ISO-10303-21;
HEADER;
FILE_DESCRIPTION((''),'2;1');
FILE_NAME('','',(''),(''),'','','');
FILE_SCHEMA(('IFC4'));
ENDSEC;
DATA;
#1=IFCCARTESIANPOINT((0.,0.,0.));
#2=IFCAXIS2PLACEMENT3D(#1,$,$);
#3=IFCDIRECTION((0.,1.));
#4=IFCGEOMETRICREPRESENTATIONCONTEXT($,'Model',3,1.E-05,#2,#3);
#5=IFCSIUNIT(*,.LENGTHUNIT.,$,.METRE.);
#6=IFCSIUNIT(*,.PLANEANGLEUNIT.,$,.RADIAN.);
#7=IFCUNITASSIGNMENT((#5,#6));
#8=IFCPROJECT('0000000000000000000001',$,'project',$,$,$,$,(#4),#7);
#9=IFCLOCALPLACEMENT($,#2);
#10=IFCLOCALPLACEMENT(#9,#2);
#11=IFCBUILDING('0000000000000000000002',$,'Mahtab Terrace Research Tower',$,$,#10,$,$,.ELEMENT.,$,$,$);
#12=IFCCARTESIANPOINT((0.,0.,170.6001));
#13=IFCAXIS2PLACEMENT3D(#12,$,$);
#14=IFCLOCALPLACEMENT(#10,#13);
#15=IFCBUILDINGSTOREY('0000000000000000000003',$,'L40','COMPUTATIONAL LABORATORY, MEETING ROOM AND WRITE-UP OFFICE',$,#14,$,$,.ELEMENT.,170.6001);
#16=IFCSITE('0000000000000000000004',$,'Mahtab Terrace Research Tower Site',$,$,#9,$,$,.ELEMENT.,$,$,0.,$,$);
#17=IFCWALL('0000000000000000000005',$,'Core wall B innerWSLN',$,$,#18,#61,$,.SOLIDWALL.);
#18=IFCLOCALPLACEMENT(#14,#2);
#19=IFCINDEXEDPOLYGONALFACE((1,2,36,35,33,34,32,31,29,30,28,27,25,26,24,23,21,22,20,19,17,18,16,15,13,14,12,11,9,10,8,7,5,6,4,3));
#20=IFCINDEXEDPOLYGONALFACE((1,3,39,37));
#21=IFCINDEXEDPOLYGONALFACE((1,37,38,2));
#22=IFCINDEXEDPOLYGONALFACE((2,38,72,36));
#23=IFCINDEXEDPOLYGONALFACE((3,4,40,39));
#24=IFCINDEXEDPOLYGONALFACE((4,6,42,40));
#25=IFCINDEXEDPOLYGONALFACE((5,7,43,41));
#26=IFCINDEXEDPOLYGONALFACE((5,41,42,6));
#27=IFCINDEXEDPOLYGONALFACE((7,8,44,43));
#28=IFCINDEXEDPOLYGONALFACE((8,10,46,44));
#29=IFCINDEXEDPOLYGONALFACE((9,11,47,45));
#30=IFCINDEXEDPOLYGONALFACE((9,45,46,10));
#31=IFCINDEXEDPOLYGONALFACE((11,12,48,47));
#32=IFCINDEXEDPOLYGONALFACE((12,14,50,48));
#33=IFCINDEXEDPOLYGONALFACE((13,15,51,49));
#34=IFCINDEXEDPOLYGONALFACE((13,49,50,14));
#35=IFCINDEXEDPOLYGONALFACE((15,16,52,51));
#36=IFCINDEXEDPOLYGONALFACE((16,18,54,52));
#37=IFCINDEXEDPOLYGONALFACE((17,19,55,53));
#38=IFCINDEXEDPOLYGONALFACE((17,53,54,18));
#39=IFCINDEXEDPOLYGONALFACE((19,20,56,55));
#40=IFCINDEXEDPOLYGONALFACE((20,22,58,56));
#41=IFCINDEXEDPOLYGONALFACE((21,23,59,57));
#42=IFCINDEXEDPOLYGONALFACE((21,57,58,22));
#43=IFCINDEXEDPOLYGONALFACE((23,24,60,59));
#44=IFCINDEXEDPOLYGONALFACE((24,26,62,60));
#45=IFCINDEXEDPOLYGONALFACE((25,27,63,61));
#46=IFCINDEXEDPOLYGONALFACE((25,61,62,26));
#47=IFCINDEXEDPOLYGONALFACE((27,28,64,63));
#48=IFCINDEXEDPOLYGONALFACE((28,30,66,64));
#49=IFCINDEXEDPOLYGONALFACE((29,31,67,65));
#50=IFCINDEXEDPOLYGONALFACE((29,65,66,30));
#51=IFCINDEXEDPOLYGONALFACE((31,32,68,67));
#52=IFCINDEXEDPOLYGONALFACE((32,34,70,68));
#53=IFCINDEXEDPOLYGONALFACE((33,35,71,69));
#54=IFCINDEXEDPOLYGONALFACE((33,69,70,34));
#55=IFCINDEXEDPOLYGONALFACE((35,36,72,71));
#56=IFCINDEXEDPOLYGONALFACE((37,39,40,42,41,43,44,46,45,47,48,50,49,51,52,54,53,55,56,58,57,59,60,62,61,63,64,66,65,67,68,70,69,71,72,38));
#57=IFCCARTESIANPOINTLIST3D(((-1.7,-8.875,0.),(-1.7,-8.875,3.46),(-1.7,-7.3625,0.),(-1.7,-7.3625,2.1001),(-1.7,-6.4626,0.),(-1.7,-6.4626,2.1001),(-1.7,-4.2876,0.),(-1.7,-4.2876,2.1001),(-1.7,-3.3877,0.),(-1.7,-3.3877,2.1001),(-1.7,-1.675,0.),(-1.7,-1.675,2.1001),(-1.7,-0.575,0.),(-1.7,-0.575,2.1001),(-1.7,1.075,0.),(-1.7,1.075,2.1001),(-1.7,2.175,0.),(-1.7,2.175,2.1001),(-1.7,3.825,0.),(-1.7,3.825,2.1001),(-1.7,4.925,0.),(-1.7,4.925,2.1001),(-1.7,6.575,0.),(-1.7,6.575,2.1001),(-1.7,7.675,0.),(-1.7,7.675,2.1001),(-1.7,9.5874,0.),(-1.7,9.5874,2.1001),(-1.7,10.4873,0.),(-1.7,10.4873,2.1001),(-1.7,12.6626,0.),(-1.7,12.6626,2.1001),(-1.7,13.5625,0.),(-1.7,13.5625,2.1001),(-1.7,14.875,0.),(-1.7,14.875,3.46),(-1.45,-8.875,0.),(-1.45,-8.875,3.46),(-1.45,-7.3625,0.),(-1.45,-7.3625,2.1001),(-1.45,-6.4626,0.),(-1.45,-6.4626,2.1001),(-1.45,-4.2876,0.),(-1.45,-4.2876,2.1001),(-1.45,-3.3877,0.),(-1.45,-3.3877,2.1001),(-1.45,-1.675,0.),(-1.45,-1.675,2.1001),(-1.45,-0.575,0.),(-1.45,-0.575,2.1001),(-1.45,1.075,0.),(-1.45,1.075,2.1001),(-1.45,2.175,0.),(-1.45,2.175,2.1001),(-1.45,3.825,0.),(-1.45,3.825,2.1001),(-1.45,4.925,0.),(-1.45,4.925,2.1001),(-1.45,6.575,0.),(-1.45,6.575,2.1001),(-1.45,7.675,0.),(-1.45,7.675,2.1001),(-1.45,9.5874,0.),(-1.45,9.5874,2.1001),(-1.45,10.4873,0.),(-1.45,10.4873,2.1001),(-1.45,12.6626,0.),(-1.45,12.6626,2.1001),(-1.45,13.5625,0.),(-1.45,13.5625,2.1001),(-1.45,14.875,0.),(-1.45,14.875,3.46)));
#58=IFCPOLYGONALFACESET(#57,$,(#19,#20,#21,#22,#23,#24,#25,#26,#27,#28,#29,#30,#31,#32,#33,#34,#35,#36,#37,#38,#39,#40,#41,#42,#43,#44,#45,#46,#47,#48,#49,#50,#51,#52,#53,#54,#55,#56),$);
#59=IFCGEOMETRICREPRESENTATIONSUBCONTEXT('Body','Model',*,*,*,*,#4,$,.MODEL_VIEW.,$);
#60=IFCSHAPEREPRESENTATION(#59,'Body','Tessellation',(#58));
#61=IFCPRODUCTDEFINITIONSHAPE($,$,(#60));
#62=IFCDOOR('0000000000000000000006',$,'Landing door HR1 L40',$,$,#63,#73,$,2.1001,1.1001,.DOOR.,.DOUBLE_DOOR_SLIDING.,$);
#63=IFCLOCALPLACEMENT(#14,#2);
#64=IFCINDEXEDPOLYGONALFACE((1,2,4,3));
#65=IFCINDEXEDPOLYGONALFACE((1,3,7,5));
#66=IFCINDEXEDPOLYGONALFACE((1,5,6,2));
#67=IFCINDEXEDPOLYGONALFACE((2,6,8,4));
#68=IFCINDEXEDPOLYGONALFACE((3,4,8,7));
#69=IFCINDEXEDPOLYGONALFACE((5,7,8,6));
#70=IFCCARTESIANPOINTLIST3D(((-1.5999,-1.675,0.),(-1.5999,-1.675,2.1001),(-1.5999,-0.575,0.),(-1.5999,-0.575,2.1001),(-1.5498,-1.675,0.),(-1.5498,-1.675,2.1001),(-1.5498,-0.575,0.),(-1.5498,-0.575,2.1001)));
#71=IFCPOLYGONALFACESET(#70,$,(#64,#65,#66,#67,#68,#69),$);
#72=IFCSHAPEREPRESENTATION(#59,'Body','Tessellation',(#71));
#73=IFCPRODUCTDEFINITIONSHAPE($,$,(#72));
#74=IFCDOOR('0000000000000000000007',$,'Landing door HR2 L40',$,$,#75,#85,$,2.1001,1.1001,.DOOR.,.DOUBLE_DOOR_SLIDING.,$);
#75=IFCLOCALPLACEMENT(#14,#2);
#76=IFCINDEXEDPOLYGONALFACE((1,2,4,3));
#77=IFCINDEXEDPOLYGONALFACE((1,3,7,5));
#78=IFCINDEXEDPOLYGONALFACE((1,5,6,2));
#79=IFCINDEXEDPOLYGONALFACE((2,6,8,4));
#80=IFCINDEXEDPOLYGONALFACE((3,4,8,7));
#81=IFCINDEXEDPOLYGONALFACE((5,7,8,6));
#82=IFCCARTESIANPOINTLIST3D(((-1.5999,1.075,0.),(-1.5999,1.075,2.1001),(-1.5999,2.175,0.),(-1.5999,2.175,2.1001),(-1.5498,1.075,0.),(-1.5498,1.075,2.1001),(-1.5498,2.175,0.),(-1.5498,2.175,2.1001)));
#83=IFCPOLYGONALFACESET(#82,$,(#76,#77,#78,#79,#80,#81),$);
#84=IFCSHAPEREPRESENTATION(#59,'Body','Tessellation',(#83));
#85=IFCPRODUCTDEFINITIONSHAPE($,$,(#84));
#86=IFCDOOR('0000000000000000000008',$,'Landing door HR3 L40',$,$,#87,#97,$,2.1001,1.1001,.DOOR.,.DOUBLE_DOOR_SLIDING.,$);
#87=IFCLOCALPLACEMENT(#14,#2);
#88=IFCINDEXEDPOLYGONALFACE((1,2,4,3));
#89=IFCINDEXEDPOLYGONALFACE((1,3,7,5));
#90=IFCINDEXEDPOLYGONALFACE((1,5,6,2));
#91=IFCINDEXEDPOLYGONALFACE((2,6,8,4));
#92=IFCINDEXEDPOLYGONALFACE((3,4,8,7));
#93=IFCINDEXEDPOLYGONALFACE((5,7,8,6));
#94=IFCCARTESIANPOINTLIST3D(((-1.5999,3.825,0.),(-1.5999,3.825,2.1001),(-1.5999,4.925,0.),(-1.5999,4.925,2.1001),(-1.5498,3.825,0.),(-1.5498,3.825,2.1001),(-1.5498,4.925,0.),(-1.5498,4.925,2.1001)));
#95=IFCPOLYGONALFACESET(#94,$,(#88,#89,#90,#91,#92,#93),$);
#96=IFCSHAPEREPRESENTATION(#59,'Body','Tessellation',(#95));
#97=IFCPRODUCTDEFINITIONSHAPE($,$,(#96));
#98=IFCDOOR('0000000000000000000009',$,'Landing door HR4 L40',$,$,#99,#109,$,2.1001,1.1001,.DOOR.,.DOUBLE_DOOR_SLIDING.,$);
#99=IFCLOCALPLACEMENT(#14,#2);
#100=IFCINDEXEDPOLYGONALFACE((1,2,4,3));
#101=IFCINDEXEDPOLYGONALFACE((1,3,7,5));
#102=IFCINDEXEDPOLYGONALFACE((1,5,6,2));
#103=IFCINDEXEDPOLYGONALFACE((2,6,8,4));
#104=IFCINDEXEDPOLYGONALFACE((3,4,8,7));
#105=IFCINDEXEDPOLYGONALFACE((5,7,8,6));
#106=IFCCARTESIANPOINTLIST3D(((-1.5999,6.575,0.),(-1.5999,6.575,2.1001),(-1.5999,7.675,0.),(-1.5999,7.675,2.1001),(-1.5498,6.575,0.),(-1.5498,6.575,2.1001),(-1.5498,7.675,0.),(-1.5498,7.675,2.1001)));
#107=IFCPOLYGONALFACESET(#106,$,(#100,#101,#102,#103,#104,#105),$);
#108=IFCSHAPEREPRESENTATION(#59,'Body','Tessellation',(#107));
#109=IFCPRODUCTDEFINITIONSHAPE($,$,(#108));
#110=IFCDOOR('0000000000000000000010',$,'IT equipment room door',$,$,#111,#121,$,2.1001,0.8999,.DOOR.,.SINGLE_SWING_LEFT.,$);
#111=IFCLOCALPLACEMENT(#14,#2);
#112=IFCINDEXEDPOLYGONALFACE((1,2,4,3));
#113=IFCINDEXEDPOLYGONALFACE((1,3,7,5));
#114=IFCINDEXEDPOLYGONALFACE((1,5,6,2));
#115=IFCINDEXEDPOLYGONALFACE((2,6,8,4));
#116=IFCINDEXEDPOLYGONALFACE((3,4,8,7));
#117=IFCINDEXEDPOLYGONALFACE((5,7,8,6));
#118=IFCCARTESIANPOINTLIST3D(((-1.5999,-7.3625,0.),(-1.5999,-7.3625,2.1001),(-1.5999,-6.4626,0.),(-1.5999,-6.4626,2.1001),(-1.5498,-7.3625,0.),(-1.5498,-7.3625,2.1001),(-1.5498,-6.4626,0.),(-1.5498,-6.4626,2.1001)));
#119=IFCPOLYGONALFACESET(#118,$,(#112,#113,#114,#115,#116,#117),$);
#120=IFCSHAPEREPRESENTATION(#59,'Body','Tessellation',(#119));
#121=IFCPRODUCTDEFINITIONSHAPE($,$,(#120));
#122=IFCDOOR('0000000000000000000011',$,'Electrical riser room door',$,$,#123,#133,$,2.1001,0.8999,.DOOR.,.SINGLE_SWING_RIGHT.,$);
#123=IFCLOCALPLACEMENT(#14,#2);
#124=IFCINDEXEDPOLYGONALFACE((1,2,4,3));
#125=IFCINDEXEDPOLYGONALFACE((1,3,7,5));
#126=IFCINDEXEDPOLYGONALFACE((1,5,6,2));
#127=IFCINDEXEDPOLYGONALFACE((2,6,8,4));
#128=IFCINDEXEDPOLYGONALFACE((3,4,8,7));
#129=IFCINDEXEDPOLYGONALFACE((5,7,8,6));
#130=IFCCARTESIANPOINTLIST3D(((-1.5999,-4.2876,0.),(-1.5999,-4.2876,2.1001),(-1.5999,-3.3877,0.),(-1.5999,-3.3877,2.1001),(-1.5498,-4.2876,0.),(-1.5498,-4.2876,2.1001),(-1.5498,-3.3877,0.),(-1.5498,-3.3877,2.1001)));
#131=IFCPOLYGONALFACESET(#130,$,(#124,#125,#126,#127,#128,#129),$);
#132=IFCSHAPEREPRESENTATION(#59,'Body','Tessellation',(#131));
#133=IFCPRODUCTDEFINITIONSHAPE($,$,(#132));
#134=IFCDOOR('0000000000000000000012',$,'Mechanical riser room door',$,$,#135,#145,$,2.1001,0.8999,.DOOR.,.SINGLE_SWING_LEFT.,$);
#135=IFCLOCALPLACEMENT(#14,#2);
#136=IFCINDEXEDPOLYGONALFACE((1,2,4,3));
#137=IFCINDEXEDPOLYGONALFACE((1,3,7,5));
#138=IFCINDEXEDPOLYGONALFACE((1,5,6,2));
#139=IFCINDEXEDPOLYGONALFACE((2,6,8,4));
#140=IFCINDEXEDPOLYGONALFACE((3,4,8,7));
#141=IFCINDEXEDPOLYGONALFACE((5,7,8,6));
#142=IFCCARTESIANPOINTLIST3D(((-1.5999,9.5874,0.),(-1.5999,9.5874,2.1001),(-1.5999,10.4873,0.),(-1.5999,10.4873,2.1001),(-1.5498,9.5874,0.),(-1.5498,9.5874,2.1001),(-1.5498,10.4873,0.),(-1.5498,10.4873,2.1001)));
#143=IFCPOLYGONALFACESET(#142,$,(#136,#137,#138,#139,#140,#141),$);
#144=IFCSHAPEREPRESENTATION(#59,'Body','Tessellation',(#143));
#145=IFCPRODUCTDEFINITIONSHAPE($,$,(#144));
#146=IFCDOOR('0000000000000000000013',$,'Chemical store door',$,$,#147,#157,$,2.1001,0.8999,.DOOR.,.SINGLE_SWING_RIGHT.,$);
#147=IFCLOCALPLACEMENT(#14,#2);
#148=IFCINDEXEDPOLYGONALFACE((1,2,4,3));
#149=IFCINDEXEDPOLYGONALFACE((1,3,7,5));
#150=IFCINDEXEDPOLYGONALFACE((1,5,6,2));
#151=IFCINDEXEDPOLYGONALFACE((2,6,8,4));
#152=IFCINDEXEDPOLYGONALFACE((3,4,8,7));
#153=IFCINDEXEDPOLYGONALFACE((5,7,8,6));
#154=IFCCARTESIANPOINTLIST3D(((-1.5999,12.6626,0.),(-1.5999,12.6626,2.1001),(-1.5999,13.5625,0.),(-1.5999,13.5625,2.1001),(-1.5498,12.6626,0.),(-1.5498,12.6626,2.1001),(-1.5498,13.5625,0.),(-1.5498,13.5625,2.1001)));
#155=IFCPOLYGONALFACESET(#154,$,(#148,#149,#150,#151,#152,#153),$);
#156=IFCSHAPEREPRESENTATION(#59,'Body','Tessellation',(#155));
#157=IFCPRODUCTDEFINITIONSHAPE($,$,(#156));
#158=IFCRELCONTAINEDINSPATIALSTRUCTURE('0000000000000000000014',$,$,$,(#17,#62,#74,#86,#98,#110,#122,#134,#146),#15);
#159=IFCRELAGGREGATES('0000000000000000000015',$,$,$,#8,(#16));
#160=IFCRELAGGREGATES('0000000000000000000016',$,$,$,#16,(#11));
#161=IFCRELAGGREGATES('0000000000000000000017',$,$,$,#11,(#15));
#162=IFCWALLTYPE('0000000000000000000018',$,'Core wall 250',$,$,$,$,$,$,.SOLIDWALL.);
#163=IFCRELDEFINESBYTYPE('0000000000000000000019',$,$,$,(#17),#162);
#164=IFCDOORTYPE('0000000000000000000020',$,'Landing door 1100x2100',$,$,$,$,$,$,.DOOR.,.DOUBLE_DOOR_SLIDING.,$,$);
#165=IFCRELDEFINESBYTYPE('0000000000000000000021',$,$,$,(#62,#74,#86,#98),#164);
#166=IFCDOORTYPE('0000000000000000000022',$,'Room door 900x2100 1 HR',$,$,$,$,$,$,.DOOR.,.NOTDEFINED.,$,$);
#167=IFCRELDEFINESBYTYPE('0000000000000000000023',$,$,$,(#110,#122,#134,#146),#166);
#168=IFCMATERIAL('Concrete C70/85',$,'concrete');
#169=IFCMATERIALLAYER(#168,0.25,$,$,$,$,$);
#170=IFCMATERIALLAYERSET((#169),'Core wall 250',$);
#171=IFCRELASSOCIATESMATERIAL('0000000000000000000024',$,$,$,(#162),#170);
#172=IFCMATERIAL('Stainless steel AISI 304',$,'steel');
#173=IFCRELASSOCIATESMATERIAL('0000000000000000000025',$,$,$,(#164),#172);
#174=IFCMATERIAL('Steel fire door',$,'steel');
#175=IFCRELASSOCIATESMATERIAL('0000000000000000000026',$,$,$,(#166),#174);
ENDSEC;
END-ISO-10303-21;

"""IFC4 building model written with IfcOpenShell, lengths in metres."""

from ifc_helpers import new_model, si_unit, direction, frame, frame_2d, origin, place, context, subcontext, project, spatial, rectangle, extrude, material, layer, layer_set, type_object, element, fill, save


model = new_model("IFC4")

# Units and contexts
model_context = context("Model", 3, precision=1e-05, world=origin(), true_north=direction((0.0, 1.0)))
body_context = subcontext(model_context, "Body", "Model", "MODEL_VIEW")
ifc_project = project(units=[si_unit("LENGTHUNIT", "METRE"), si_unit("PLANEANGLEUNIT", "RADIAN")], contexts=[model_context])

# Site, building, storey
site_placement = place(None, origin())
site = spatial("IfcSite", under=ifc_project, at=site_placement, Name="Mahtab Terrace Research Tower Site", CompositionType="ELEMENT", RefElevation=0.0)
building_placement = place(site_placement, origin())
building = spatial("IfcBuilding", under=site, at=building_placement, Name="Mahtab Terrace Research Tower", CompositionType="ELEMENT")
storey_placement = place(building_placement, frame((0.0, 0.0, 170.6001)))
storey = spatial("IfcBuildingStorey", under=building, at=storey_placement, Name="L40", Description="COMPUTATIONAL LABORATORY, MEETING ROOM AND WRITE-UP OFFICE", CompositionType="ELEMENT", Elevation=170.6001)

# Shared definitions
ifc_material_1 = material(Name="Concrete C70/85", Category="concrete")

# Wall, openings, doors
ifc_layer_1 = layer(ifc_material_1, 0.25)
ifc_layer_set_1 = layer_set([ifc_layer_1], Name="Core wall 250")
wall_type_1 = type_object("IfcWallType", Name="Core wall 250", PredefinedType="SOLIDWALL", material=ifc_layer_set_1)
wall_1_placement = place(storey_placement, frame((-1.575, -8.875, 0.0), z_axis=(0.0, 0.0, 1.0), x_axis=(0.0, 1.0, 0.0)))
wall_1 = element("IfcWall", 1, at=wall_1_placement, inside=storey, type_object=wall_type_1, Name="Core wall B innerWSLN", PredefinedType="SOLIDWALL", context=body_context, shape_type="SweptSolid", body=[
    extrude(rectangle(XDim=23.75, YDim=0.25, at=frame_2d((11.875, 0.0))), origin(), (0.0, 0.0, 1.0), 3.46),
])
opening_1_placement = place(wall_1_placement, frame((7.2, 0.0, 0.0)))
opening_1 = element("IfcOpeningElement", 2, at=opening_1_placement, cuts=wall_1, PredefinedType="OPENING", context=body_context, shape_type="SweptSolid", body=[
    extrude(rectangle(XDim=1.1001, YDim=2.1001, at=frame_2d((0.55, 1.05))), frame((0.0, 0.135, 0.0), z_axis=(0.0, -1.0, 0.0), x_axis=(1.0, 0.0, 0.0)), (0.0, 0.0, 1.0), 0.27),
])
opening_2_placement = place(wall_1_placement, frame((9.95, 0.0, 0.0)))
opening_2 = element("IfcOpeningElement", 3, at=opening_2_placement, cuts=wall_1, PredefinedType="OPENING", context=body_context, shape_type="SweptSolid", body=[
    extrude(rectangle(XDim=1.1001, YDim=2.1001, at=frame_2d((0.55, 1.05))), frame((0.0, 0.135, 0.0), z_axis=(0.0, -1.0, 0.0), x_axis=(1.0, 0.0, 0.0)), (0.0, 0.0, 1.0), 0.27),
])
opening_3_placement = place(wall_1_placement, frame((12.7, 0.0, 0.0)))
opening_3 = element("IfcOpeningElement", 4, at=opening_3_placement, cuts=wall_1, PredefinedType="OPENING", context=body_context, shape_type="SweptSolid", body=[
    extrude(rectangle(XDim=1.1001, YDim=2.1001, at=frame_2d((0.55, 1.05))), frame((0.0, 0.135, 0.0), z_axis=(0.0, -1.0, 0.0), x_axis=(1.0, 0.0, 0.0)), (0.0, 0.0, 1.0), 0.27),
])
opening_4_placement = place(wall_1_placement, frame((15.45, 0.0, 0.0)))
opening_4 = element("IfcOpeningElement", 5, at=opening_4_placement, cuts=wall_1, PredefinedType="OPENING", context=body_context, shape_type="SweptSolid", body=[
    extrude(rectangle(XDim=1.1001, YDim=2.1001, at=frame_2d((0.55, 1.05))), frame((0.0, 0.135, 0.0), z_axis=(0.0, -1.0, 0.0), x_axis=(1.0, 0.0, 0.0)), (0.0, 0.0, 1.0), 0.27),
])
opening_5_placement = place(wall_1_placement, frame((1.5125, 0.0, 0.0)))
opening_5 = element("IfcOpeningElement", 6, at=opening_5_placement, cuts=wall_1, PredefinedType="OPENING", context=body_context, shape_type="SweptSolid", body=[
    extrude(rectangle(XDim=0.8999, YDim=2.1001, at=frame_2d((0.45, 1.05))), frame((0.0, 0.135, 0.0), z_axis=(0.0, -1.0, 0.0), x_axis=(1.0, 0.0, 0.0)), (0.0, 0.0, 1.0), 0.27),
])
opening_6_placement = place(wall_1_placement, frame((4.5874, 0.0, 0.0)))
opening_6 = element("IfcOpeningElement", 7, at=opening_6_placement, cuts=wall_1, PredefinedType="OPENING", context=body_context, shape_type="SweptSolid", body=[
    extrude(rectangle(XDim=0.8999, YDim=2.1001, at=frame_2d((0.45, 1.05))), frame((0.0, 0.135, 0.0), z_axis=(0.0, -1.0, 0.0), x_axis=(1.0, 0.0, 0.0)), (0.0, 0.0, 1.0), 0.27),
])
opening_7_placement = place(wall_1_placement, frame((18.4624, 0.0, 0.0)))
opening_7 = element("IfcOpeningElement", 8, at=opening_7_placement, cuts=wall_1, PredefinedType="OPENING", context=body_context, shape_type="SweptSolid", body=[
    extrude(rectangle(XDim=0.8999, YDim=2.1001, at=frame_2d((0.45, 1.05))), frame((0.0, 0.135, 0.0), z_axis=(0.0, -1.0, 0.0), x_axis=(1.0, 0.0, 0.0)), (0.0, 0.0, 1.0), 0.27),
])
opening_8_placement = place(wall_1_placement, frame((21.5376, 0.0, 0.0)))
opening_8 = element("IfcOpeningElement", 9, at=opening_8_placement, cuts=wall_1, PredefinedType="OPENING", context=body_context, shape_type="SweptSolid", body=[
    extrude(rectangle(XDim=0.8999, YDim=2.1001, at=frame_2d((0.45, 1.05))), frame((0.0, 0.135, 0.0), z_axis=(0.0, -1.0, 0.0), x_axis=(1.0, 0.0, 0.0)), (0.0, 0.0, 1.0), 0.27),
])
ifc_material_2 = material(Name="Stainless steel AISI 304", Category="steel")
door_type_1 = type_object("IfcDoorType", Name="Landing door 1100x2100", OperationType="DOUBLE_DOOR_SLIDING", PredefinedType="DOOR", material=ifc_material_2)
door_1_placement = place(opening_1_placement, origin())
door_1 = element("IfcDoor", 10, at=door_1_placement, inside=storey, type_object=door_type_1, Name="Landing door HR1 L40", OperationType="DOUBLE_DOOR_SLIDING", OverallHeight=2.1001, OverallWidth=1.1001, PredefinedType="DOOR", context=body_context, shape_type="SweptSolid", body=[
    extrude(rectangle(XDim=1.1001, YDim=2.1001, at=frame_2d((0.55, 1.05))), frame((0.0, 0.0249, 0.0), z_axis=(0.0, -1.0, 0.0), x_axis=(1.0, 0.0, 0.0)), (0.0, 0.0, 1.0), 0.05),
])
fill(opening_1, door_1)
door_2_placement = place(opening_2_placement, origin())
door_2 = element("IfcDoor", 11, at=door_2_placement, inside=storey, type_object=door_type_1, Name="Landing door HR2 L40", OperationType="DOUBLE_DOOR_SLIDING", OverallHeight=2.1001, OverallWidth=1.1001, PredefinedType="DOOR", context=body_context, shape_type="SweptSolid", body=[
    extrude(rectangle(XDim=1.1001, YDim=2.1001, at=frame_2d((0.55, 1.05))), frame((0.0, 0.0249, 0.0), z_axis=(0.0, -1.0, 0.0), x_axis=(1.0, 0.0, 0.0)), (0.0, 0.0, 1.0), 0.05),
])
fill(opening_2, door_2)
door_3_placement = place(opening_3_placement, origin())
door_3 = element("IfcDoor", 12, at=door_3_placement, inside=storey, type_object=door_type_1, Name="Landing door HR3 L40", OperationType="DOUBLE_DOOR_SLIDING", OverallHeight=2.1001, OverallWidth=1.1001, PredefinedType="DOOR", context=body_context, shape_type="SweptSolid", body=[
    extrude(rectangle(XDim=1.1001, YDim=2.1001, at=frame_2d((0.55, 1.05))), frame((0.0, 0.0249, 0.0), z_axis=(0.0, -1.0, 0.0), x_axis=(1.0, 0.0, 0.0)), (0.0, 0.0, 1.0), 0.05),
])
fill(opening_3, door_3)
door_4_placement = place(opening_4_placement, origin())
door_4 = element("IfcDoor", 13, at=door_4_placement, inside=storey, type_object=door_type_1, Name="Landing door HR4 L40", OperationType="DOUBLE_DOOR_SLIDING", OverallHeight=2.1001, OverallWidth=1.1001, PredefinedType="DOOR", context=body_context, shape_type="SweptSolid", body=[
    extrude(rectangle(XDim=1.1001, YDim=2.1001, at=frame_2d((0.55, 1.05))), frame((0.0, 0.0249, 0.0), z_axis=(0.0, -1.0, 0.0), x_axis=(1.0, 0.0, 0.0)), (0.0, 0.0, 1.0), 0.05),
])
fill(opening_4, door_4)
ifc_material_3 = material(Name="Steel fire door", Category="steel")
door_type_2 = type_object("IfcDoorType", Name="Room door 900x2100 1 HR", OperationType="NOTDEFINED", PredefinedType="DOOR", material=ifc_material_3)
door_5_placement = place(opening_5_placement, origin())
door_5 = element("IfcDoor", 14, at=door_5_placement, inside=storey, type_object=door_type_2, Name="IT equipment room door", OperationType="SINGLE_SWING_LEFT", OverallHeight=2.1001, OverallWidth=0.8999, PredefinedType="DOOR", context=body_context, shape_type="SweptSolid", body=[
    extrude(rectangle(XDim=0.8999, YDim=2.1001, at=frame_2d((0.45, 1.05))), frame((0.0, 0.0249, 0.0), z_axis=(0.0, -1.0, 0.0), x_axis=(1.0, 0.0, 0.0)), (0.0, 0.0, 1.0), 0.05),
])
fill(opening_5, door_5)
door_6_placement = place(opening_6_placement, origin())
door_6 = element("IfcDoor", 15, at=door_6_placement, inside=storey, type_object=door_type_2, Name="Electrical riser room door", OperationType="SINGLE_SWING_RIGHT", OverallHeight=2.1001, OverallWidth=0.8999, PredefinedType="DOOR", context=body_context, shape_type="SweptSolid", body=[
    extrude(rectangle(XDim=0.8999, YDim=2.1001, at=frame_2d((0.45, 1.05))), frame((0.0, 0.0249, 0.0), z_axis=(0.0, -1.0, 0.0), x_axis=(1.0, 0.0, 0.0)), (0.0, 0.0, 1.0), 0.05),
])
fill(opening_6, door_6)
door_7_placement = place(opening_7_placement, origin())
door_7 = element("IfcDoor", 16, at=door_7_placement, inside=storey, type_object=door_type_2, Name="Mechanical riser room door", OperationType="SINGLE_SWING_LEFT", OverallHeight=2.1001, OverallWidth=0.8999, PredefinedType="DOOR", context=body_context, shape_type="SweptSolid", body=[
    extrude(rectangle(XDim=0.8999, YDim=2.1001, at=frame_2d((0.45, 1.05))), frame((0.0, 0.0249, 0.0), z_axis=(0.0, -1.0, 0.0), x_axis=(1.0, 0.0, 0.0)), (0.0, 0.0, 1.0), 0.05),
])
fill(opening_7, door_7)
door_8_placement = place(opening_8_placement, origin())
door_8 = element("IfcDoor", 17, at=door_8_placement, inside=storey, type_object=door_type_2, Name="Chemical store door", OperationType="SINGLE_SWING_RIGHT", OverallHeight=2.1001, OverallWidth=0.8999, PredefinedType="DOOR", context=body_context, shape_type="SweptSolid", body=[
    extrude(rectangle(XDim=0.8999, YDim=2.1001, at=frame_2d((0.45, 1.05))), frame((0.0, 0.0249, 0.0), z_axis=(0.0, -1.0, 0.0), x_axis=(1.0, 0.0, 0.0)), (0.0, 0.0, 1.0), 0.05),
])
fill(opening_8, door_8)

save(model, "model.ifc")
